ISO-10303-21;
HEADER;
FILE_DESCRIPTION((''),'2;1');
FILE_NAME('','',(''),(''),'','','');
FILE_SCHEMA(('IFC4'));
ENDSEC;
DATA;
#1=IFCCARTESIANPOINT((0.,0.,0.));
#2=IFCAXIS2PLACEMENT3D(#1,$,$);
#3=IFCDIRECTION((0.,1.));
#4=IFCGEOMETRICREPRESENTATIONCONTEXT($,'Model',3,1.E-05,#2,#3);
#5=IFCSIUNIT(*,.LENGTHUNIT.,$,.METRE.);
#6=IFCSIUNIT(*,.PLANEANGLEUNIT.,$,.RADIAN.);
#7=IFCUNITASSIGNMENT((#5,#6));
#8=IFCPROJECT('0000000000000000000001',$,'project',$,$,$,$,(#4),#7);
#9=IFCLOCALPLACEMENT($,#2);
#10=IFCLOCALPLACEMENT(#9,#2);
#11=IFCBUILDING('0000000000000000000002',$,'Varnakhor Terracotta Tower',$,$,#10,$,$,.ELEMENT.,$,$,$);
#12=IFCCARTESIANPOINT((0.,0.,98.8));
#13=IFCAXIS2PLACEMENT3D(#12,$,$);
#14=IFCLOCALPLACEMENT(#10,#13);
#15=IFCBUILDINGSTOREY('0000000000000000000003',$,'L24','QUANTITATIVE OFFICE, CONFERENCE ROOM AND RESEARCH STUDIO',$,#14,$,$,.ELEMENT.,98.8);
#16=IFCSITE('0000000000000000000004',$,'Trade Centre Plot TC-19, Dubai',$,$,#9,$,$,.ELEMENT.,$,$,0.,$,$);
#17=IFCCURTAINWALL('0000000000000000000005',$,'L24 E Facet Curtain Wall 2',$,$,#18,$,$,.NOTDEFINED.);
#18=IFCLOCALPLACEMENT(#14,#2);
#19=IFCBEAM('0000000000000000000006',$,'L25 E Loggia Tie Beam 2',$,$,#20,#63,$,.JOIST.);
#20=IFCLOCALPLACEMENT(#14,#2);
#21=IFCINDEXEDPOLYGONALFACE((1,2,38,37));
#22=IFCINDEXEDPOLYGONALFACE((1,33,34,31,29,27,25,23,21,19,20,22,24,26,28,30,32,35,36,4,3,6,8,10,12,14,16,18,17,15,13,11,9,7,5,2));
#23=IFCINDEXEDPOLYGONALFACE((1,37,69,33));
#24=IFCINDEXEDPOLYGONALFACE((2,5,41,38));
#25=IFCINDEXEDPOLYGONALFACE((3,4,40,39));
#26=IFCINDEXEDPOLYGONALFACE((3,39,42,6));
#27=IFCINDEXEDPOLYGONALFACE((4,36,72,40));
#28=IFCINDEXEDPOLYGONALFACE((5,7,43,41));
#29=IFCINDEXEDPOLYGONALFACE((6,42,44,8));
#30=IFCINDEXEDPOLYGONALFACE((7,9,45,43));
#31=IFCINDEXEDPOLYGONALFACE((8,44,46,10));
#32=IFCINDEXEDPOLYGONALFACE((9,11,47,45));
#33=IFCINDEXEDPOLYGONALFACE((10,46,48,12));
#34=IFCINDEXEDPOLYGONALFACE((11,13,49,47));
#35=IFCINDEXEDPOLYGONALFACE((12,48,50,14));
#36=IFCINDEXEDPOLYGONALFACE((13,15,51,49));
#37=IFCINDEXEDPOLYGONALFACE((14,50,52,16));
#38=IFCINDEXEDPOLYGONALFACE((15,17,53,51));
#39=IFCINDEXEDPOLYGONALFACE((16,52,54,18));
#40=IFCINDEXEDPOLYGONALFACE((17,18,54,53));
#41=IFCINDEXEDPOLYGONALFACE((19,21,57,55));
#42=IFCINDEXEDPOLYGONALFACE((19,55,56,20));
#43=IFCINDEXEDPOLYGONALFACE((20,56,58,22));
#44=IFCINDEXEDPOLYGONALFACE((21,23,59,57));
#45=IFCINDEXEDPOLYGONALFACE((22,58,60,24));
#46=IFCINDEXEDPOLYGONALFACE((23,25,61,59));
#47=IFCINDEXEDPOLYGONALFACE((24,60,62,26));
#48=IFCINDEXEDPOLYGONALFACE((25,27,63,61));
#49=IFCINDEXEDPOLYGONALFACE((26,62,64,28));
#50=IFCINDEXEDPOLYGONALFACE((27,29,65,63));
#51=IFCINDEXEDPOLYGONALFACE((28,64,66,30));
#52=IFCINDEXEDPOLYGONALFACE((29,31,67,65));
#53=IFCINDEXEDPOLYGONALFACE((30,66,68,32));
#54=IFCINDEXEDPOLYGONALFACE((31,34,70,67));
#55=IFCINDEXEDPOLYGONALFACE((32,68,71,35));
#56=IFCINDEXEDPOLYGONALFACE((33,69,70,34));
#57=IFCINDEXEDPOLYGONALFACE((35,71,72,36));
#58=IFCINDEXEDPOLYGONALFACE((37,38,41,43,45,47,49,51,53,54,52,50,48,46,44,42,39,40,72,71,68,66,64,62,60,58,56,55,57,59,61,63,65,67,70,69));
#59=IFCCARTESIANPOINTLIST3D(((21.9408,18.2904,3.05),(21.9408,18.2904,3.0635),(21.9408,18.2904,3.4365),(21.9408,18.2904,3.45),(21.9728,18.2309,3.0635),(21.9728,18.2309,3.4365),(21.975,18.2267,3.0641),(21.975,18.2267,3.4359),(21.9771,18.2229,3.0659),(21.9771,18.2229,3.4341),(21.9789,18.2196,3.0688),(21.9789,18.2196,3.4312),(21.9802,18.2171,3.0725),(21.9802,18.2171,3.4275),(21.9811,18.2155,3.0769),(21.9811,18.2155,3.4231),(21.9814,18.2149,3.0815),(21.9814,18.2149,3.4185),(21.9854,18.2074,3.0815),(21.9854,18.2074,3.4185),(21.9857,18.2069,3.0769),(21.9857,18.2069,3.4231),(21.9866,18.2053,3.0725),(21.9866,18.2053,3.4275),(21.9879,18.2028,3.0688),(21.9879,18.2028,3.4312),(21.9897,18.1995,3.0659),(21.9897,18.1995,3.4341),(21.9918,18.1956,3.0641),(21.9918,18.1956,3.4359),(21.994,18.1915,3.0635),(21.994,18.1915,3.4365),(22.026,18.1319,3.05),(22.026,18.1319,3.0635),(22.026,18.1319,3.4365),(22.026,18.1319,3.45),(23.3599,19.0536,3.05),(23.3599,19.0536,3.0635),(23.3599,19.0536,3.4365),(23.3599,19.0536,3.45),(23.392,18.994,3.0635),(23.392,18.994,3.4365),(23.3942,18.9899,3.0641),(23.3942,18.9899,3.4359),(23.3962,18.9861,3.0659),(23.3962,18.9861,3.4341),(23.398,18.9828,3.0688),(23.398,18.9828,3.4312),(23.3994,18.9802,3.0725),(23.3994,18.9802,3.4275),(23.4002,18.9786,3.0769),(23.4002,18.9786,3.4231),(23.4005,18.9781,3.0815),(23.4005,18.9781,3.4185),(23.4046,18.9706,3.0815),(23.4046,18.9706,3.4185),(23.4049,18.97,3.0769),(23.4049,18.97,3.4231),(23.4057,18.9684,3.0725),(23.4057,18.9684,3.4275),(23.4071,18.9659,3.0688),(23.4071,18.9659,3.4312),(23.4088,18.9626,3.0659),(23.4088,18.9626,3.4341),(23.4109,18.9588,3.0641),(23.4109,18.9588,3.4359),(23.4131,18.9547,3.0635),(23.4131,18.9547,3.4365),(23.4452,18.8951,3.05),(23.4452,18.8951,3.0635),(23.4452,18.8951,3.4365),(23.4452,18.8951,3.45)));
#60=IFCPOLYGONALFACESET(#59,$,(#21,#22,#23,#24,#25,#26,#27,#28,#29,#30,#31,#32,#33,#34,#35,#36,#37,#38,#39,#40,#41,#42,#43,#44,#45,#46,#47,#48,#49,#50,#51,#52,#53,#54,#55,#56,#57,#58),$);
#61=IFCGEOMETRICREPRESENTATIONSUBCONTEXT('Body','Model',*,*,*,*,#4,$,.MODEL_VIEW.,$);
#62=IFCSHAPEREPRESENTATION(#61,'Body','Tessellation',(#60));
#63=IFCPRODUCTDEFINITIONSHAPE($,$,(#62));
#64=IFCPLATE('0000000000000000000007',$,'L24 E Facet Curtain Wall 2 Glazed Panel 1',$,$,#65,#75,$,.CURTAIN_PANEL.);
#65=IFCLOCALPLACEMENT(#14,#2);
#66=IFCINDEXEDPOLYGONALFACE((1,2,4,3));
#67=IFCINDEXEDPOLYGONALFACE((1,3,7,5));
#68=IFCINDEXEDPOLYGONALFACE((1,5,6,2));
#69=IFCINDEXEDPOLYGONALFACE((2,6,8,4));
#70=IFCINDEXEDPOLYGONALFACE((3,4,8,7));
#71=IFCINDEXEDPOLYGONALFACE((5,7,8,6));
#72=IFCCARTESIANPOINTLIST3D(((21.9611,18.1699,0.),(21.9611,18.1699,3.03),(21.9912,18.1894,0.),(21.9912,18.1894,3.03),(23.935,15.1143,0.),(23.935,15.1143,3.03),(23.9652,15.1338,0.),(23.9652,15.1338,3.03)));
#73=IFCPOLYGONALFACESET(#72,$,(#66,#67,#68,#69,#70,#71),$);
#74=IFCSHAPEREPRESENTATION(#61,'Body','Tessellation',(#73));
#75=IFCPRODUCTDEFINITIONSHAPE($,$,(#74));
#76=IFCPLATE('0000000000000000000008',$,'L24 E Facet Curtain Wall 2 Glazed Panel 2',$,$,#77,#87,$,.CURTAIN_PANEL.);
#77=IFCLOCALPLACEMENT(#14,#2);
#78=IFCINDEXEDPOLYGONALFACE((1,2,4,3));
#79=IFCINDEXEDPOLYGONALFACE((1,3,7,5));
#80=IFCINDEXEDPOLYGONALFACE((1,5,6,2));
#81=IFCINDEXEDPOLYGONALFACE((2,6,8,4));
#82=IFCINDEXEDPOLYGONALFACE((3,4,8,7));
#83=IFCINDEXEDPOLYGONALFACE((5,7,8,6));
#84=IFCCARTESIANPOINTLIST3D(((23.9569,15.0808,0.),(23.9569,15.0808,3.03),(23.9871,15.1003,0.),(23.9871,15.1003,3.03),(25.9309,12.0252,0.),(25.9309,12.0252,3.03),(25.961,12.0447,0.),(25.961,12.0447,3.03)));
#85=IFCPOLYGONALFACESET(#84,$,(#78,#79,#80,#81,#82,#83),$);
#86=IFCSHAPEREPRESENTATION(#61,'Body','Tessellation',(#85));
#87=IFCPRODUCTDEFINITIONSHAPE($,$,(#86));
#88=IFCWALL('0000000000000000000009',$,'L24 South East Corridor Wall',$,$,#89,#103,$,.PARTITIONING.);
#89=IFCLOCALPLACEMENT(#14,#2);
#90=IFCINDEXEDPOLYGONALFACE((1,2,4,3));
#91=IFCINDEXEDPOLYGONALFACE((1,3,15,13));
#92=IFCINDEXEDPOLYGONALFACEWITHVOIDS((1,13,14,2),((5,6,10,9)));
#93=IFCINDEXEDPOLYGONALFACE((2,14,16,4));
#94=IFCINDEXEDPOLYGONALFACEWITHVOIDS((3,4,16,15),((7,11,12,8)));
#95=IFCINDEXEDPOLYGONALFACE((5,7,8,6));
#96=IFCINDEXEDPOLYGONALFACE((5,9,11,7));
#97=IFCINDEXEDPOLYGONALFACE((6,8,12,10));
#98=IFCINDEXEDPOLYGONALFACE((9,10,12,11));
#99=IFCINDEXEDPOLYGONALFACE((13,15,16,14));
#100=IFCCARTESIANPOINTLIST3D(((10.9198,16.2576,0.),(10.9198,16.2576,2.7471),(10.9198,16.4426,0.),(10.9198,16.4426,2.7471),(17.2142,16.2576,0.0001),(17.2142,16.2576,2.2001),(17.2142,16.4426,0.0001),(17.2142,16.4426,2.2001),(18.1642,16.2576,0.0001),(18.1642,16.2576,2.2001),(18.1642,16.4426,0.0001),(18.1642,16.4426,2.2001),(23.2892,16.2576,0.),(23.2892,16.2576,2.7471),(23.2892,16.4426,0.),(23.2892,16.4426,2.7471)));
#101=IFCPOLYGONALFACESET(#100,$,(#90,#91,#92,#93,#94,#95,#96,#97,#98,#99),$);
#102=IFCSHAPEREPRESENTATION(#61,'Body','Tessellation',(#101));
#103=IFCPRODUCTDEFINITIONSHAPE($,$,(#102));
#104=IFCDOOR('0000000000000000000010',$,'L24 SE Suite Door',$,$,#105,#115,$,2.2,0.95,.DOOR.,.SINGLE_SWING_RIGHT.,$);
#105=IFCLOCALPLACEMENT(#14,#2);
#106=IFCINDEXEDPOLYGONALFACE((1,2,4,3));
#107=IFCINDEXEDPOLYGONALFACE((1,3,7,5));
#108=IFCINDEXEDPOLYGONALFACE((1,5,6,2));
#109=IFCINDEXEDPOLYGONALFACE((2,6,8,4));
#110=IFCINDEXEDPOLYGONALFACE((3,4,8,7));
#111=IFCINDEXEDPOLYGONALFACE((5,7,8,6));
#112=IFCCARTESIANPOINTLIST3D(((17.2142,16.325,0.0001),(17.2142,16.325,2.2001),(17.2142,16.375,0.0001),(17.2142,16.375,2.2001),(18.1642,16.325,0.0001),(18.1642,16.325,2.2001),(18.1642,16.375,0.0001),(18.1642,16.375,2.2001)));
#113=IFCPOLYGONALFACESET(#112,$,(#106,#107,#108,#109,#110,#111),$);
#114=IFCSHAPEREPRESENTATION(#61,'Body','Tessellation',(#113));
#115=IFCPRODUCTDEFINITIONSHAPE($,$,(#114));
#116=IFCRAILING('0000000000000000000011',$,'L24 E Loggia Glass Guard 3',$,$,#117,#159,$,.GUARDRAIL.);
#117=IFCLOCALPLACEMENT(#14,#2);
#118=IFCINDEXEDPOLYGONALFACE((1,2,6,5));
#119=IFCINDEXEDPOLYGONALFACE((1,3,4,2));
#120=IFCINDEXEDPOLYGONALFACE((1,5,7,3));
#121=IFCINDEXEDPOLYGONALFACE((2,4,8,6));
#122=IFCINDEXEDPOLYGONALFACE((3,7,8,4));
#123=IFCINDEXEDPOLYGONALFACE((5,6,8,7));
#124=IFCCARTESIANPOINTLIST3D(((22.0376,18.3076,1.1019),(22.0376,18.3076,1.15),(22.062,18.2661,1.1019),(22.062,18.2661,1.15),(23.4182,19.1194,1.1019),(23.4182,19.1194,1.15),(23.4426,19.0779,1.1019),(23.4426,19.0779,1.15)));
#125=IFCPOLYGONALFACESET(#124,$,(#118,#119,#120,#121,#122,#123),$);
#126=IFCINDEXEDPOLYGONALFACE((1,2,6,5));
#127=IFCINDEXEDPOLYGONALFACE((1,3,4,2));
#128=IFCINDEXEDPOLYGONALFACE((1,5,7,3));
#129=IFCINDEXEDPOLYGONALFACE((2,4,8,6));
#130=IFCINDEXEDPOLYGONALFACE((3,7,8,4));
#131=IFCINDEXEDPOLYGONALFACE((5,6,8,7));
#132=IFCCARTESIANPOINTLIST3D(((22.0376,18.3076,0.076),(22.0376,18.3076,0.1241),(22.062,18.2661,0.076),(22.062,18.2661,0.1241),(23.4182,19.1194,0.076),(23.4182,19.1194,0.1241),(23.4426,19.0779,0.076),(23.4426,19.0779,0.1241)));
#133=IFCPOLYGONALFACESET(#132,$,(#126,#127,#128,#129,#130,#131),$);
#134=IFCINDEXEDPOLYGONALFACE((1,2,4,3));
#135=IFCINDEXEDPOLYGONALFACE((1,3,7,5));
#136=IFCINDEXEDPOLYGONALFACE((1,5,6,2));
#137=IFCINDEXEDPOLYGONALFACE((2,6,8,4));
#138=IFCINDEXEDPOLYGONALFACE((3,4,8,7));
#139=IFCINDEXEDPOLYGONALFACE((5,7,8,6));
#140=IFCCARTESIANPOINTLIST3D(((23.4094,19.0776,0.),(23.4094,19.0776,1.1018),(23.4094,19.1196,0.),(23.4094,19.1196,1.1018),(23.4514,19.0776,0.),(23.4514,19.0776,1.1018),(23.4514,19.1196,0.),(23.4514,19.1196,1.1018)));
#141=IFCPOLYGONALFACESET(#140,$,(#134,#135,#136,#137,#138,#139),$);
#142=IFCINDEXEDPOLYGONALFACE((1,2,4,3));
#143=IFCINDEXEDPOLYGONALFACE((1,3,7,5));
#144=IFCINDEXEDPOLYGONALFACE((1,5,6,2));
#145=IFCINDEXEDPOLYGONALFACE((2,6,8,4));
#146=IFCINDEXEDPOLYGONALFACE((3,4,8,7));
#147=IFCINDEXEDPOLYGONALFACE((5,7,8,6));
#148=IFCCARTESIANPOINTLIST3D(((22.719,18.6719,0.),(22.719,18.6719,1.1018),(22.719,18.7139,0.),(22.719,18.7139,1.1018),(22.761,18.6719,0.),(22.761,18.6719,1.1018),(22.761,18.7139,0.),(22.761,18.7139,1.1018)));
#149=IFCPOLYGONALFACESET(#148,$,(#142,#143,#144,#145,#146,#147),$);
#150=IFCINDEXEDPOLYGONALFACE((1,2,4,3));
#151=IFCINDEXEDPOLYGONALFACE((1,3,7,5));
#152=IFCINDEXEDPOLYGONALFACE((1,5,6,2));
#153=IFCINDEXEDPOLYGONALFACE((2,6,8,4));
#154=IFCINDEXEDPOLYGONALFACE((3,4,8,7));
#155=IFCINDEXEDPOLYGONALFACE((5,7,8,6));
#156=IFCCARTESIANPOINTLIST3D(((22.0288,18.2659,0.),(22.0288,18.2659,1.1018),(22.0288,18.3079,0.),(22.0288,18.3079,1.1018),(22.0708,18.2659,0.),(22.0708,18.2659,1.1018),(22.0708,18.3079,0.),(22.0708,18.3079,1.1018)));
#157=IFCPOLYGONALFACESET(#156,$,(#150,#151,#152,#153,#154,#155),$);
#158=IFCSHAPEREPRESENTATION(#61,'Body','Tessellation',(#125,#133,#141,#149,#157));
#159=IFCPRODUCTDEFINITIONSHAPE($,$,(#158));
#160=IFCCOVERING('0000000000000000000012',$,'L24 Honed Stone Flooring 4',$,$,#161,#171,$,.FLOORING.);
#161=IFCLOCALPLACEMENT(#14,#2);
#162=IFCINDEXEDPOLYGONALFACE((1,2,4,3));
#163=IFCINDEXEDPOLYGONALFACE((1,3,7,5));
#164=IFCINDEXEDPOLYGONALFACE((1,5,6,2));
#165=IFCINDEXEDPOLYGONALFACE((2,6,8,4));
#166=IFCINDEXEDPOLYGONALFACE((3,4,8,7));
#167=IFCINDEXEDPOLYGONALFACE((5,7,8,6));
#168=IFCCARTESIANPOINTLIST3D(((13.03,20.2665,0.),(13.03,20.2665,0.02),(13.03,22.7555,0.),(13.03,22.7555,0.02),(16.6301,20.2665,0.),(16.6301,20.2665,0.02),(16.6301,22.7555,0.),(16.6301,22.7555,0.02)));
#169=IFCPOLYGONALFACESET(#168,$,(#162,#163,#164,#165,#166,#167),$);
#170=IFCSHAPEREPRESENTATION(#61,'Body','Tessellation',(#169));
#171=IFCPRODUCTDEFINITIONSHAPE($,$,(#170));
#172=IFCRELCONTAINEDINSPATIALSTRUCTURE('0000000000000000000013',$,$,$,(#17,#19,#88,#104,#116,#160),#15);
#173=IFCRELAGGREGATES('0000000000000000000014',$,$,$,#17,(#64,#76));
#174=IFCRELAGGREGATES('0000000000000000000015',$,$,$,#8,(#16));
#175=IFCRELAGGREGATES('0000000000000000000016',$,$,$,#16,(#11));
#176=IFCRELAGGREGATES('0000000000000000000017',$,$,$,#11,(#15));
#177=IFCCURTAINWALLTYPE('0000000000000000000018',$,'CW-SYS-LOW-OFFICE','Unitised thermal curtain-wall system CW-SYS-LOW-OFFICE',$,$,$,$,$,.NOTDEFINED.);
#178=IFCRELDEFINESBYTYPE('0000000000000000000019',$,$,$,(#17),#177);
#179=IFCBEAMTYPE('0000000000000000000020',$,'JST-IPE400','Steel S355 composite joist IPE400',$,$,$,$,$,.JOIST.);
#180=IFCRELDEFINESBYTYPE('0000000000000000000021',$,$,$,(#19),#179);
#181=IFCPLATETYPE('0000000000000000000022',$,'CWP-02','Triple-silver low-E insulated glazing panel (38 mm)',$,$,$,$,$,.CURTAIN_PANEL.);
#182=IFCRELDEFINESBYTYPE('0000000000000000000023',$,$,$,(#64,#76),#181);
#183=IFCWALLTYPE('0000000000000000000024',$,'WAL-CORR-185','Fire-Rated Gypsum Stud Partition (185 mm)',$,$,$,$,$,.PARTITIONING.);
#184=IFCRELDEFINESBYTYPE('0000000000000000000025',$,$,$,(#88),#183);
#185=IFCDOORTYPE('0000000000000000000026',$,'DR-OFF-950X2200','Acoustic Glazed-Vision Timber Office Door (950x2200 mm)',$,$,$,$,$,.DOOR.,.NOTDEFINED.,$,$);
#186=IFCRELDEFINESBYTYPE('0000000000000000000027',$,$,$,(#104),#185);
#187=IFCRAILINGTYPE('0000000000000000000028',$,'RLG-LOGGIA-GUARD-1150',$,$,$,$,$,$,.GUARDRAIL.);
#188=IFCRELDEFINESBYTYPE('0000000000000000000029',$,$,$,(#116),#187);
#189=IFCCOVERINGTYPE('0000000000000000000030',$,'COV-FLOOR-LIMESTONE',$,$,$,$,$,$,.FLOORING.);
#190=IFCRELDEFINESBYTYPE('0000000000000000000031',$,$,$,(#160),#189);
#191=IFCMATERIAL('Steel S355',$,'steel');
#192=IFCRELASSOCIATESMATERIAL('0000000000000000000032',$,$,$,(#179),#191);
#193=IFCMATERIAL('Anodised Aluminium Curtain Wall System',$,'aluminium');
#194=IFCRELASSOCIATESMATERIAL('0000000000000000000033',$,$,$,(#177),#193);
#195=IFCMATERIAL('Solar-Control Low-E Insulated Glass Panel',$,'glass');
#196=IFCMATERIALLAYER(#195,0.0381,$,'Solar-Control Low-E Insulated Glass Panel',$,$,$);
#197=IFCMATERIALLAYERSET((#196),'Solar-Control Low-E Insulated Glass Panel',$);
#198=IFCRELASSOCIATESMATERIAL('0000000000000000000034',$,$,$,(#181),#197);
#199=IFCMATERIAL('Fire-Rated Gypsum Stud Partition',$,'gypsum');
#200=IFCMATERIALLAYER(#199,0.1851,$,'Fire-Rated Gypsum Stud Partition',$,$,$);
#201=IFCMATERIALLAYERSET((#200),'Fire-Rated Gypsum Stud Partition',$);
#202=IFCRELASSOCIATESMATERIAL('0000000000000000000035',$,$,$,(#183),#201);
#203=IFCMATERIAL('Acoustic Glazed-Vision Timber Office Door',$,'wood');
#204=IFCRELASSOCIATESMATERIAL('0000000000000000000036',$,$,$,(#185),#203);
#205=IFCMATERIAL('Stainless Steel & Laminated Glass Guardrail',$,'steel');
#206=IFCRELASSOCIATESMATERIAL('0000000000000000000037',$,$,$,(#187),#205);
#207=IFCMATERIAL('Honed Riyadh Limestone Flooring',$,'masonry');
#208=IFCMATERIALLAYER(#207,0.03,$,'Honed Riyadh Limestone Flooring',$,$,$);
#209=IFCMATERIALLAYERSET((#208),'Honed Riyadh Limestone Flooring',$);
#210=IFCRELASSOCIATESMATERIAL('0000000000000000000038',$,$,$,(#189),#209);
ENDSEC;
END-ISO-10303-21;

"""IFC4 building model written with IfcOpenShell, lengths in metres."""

from ifc_helpers import new_model, si_unit, direction, frame, frame_2d, origin, origin_2d, place, context, subcontext, project, spatial, rectangle, i_section, extrude, source, transform, mapped, material, layer, layer_set, material_profile, profile_set, type_object, type_shapes, element, fill, aggregate, save


model = new_model("IFC4")

# Units and contexts
model_context = context("Model", 3, precision=1e-05, world=origin(), true_north=direction((0.0, 1.0)))
body_context = subcontext(model_context, "Body", "Model", "MODEL_VIEW")
ifc_project = project(units=[si_unit("LENGTHUNIT", "METRE"), si_unit("PLANEANGLEUNIT", "RADIAN")], contexts=[model_context])

# Site, building, storey
site_placement = place(None, origin())
site = spatial("IfcSite", under=ifc_project, at=site_placement, Name="Trade Centre Plot TC-19, Dubai", CompositionType="ELEMENT", RefElevation=0.0)
building_placement = place(site_placement, origin())
building = spatial("IfcBuilding", under=site, at=building_placement, Name="Varnakhor Terracotta Tower", CompositionType="ELEMENT")
storey_placement = place(building_placement, frame((0.0, 0.0, 98.8)))
storey = spatial("IfcBuildingStorey", under=building, at=storey_placement, Name="L24", Description="QUANTITATIVE OFFICE, CONFERENCE ROOM AND RESEARCH STUDIO", CompositionType="ELEMENT", Elevation=98.8)

# Shared definitions
ifc_material_1 = material(Name="Steel S355", Category="steel")
ifc_material_profile_1 = material_profile(ifc_material_1, i_section(OverallWidth=0.1799, OverallDepth=0.3999, WebThickness=0.0085, FlangeThickness=0.0134, FilletRadius=0.0181, at=origin_2d()), Name="IPE400")
ifc_profile_set_1 = profile_set([ifc_material_profile_1], Name="Steel S355")
beam_type_1 = type_object("IfcBeamType", Name="JST-IPE400", Description="Steel S355 composite joist IPE400", PredefinedType="JOIST", material=ifc_profile_set_1)

# Curtain wall
ifc_material_2 = material(Name="Anodised Aluminium Curtain Wall System", Category="aluminium")
curtain_wall_type = type_object("IfcCurtainWallType", Name="CW-SYS-LOW-OFFICE", Description="Unitised thermal curtain-wall system CW-SYS-LOW-OFFICE", PredefinedType="NOTDEFINED", material=ifc_material_2)
curtain_wall_placement = place(storey_placement, origin())
curtain_wall = element("IfcCurtainWall", 1, at=curtain_wall_placement, inside=storey, type_object=curtain_wall_type, Name="L24 E Facet Curtain Wall 2", PredefinedType="NOTDEFINED")

# Beam
shared_shape_1 = source(origin(), body_context, "Body", "SweptSolid", [
    extrude(i_section(OverallWidth=0.1799, OverallDepth=0.3999, WebThickness=0.0085, FlangeThickness=0.0134, FilletRadius=0.0181, at=origin_2d()), origin(), (0.0, 0.0, 1.0), 1.6113),
])
beam_1_placement = place(storey_placement, frame((21.9834, 18.2112, 3.25), z_axis=(0.880729, 0.473621, 0.0), x_axis=(-0.473621, 0.880729, 0.0)))
element("IfcBeam", 2, at=beam_1_placement, inside=storey, type_object=beam_type_1, Name="L25 E Loggia Tie Beam 2", PredefinedType="JOIST", context=body_context, shape_type="MappedRepresentation", body=[
    mapped(shared_shape_1, transform((0.0, 0.0, 0.0), scale=1.0)),
])

# Plates
ifc_material_3 = material(Name="Solar-Control Low-E Insulated Glass Panel", Category="glass")
ifc_layer_1 = layer(ifc_material_3, 0.0381, Name="Solar-Control Low-E Insulated Glass Panel")
ifc_layer_set_1 = layer_set([ifc_layer_1], Name="Solar-Control Low-E Insulated Glass Panel")
plate_type = type_object("IfcPlateType", Name="CWP-02", Description="Triple-silver low-E insulated glazing panel (38 mm)", PredefinedType="CURTAIN_PANEL", material=ifc_layer_set_1)
shared_shape_2 = source(origin(), body_context, "Body", "SweptSolid", [
    extrude(rectangle(XDim=3.6377, YDim=0.0359, at=origin_2d()), origin(), (0.0, 0.0, 1.0), 3.03),
])
plate_1_placement = place(storey_placement, frame((22.9631, 16.6519, 0.0), z_axis=(0.0, 0.0, 1.0), x_axis=(0.542632, -0.83997, 0.0)))
plate_1 = element("IfcPlate", 3, at=plate_1_placement, type_object=plate_type, Name="L24 E Facet Curtain Wall 2 Glazed Panel 1", PredefinedType="CURTAIN_PANEL", context=body_context, shape_type="MappedRepresentation", body=[
    mapped(shared_shape_2, transform((0.0, 0.0, 0.0), scale=1.0)),
])
plate_2_placement = place(storey_placement, frame((24.959, 13.5627, 0.0), z_axis=(0.0, 0.0, 1.0), x_axis=(0.542632, -0.83997, 0.0)))
plate_2 = element("IfcPlate", 4, at=plate_2_placement, type_object=plate_type, Name="L24 E Facet Curtain Wall 2 Glazed Panel 2", PredefinedType="CURTAIN_PANEL", context=body_context, shape_type="MappedRepresentation", body=[
    mapped(shared_shape_2, transform((0.0, 0.0, 0.0), scale=1.0)),
])
aggregate(curtain_wall, [plate_1, plate_2])

# Wall, opening, door
ifc_material_4 = material(Name="Fire-Rated Gypsum Stud Partition", Category="gypsum")
ifc_layer_2 = layer(ifc_material_4, 0.1851, Name="Fire-Rated Gypsum Stud Partition")
ifc_layer_set_2 = layer_set([ifc_layer_2], Name="Fire-Rated Gypsum Stud Partition")
wall_type = type_object("IfcWallType", Name="WAL-CORR-185", Description="Fire-Rated Gypsum Stud Partition (185 mm)", PredefinedType="PARTITIONING", material=ifc_layer_set_2)
wall_placement = place(storey_placement, frame((10.9199, 16.3501, 0.0), z_axis=(0.0, 0.0, 1.0), x_axis=(1.0, 0.0, 0.0)))
wall = element("IfcWall", 5, at=wall_placement, inside=storey, type_object=wall_type, Name="L24 South East Corridor Wall", PredefinedType="PARTITIONING", context=body_context, shape_type="SweptSolid", body=[
    extrude(rectangle(XDim=12.3694, YDim=0.1851, at=frame_2d((6.1846, 0.0))), origin(), (0.0, 0.0, 1.0), 2.7471),
])
opening_placement = place(wall_placement, frame((6.2942, 0.0, 0.0)))
opening = element("IfcOpeningElement", 6, at=opening_placement, cuts=wall, PredefinedType="OPENING", context=body_context, shape_type="SweptSolid", body=[
    extrude(rectangle(XDim=0.95, YDim=2.2, at=frame_2d((0.4751, 1.1001))), frame((0.0, 0.1025, 0.0), z_axis=(0.0, -1.0, 0.0), x_axis=(1.0, 0.0, 0.0)), (0.0, 0.0, 1.0), 0.2051),
])
ifc_material_5 = material(Name="Acoustic Glazed-Vision Timber Office Door", Category="wood")
door_type = type_object("IfcDoorType", Name="DR-OFF-950X2200", Description="Acoustic Glazed-Vision Timber Office Door (950x2200 mm)", OperationType="NOTDEFINED", PredefinedType="DOOR", material=ifc_material_5)
shared_shape_3 = source(origin(), body_context, "Body", "SweptSolid", [
    extrude(rectangle(XDim=0.95, YDim=2.2, at=frame_2d((0.4751, 1.1001))), frame((0.0, 0.0249, 0.0), z_axis=(0.0, -1.0, 0.0), x_axis=(1.0, 0.0, 0.0)), (0.0, 0.0, 1.0), 0.05),
])
type_shapes(door_type, [shared_shape_3])
door_placement = place(opening_placement, origin())
door = element("IfcDoor", 7, at=door_placement, inside=storey, type_object=door_type, Name="L24 SE Suite Door", OperationType="SINGLE_SWING_RIGHT", OverallHeight=2.2, OverallWidth=0.95, PredefinedType="DOOR", context=body_context, shape_type="MappedRepresentation", body=[
    mapped(shared_shape_3, transform((0.0, 0.0, 0.0), scale=1.0)),
])
fill(opening, door)

# Railing
ifc_material_6 = material(Name="Stainless Steel & Laminated Glass Guardrail", Category="steel")
railing_type = type_object("IfcRailingType", Name="RLG-LOGGIA-GUARD-1150", PredefinedType="GUARDRAIL", material=ifc_material_6)
railing_placement = place(storey_placement, frame((23.4304, 19.0986, 0.0)))
element("IfcRailing", 8, at=railing_placement, inside=storey, type_object=railing_type, Name="L24 E Loggia Glass Guard 3", PredefinedType="GUARDRAIL", context=body_context, shape_type="SweptSolid", body=[
    extrude(rectangle(XDim=0.0481, YDim=0.0481, at=origin_2d()), frame((0.0, 0.0, 1.126), z_axis=(-0.862032, -0.506854, 0.0), x_axis=(0.506854, -0.862032, 0.0)), (0.0, 0.0, 1.0), 1.6016),
    extrude(rectangle(XDim=0.0481, YDim=0.0481, at=origin_2d()), frame((0.0, 0.0, 0.1001), z_axis=(-0.862032, -0.506854, 0.0), x_axis=(0.506854, -0.862032, 0.0)), (0.0, 0.0, 1.0), 1.6016),
    extrude(rectangle(XDim=0.042, YDim=0.042, at=origin_2d()), origin(), (0.0, 0.0, 1.0), 1.1018),
    extrude(rectangle(XDim=0.042, YDim=0.042, at=origin_2d()), frame((-0.6904, -0.4058, 0.0)), (0.0, 0.0, 1.0), 1.1018),
    extrude(rectangle(XDim=0.042, YDim=0.042, at=origin_2d()), frame((-1.3806, -0.8118, 0.0)), (0.0, 0.0, 1.0), 1.1018),
])

# Covering
ifc_material_7 = material(Name="Honed Riyadh Limestone Flooring", Category="masonry")
ifc_layer_3 = layer(ifc_material_7, 0.03, Name="Honed Riyadh Limestone Flooring")
ifc_layer_set_3 = layer_set([ifc_layer_3], Name="Honed Riyadh Limestone Flooring")
covering_type = type_object("IfcCoveringType", Name="COV-FLOOR-LIMESTONE", PredefinedType="FLOORING", material=ifc_layer_set_3)
shared_shape_4 = source(origin(), body_context, "Body", "SweptSolid", [
    extrude(rectangle(XDim=3.6001, YDim=2.489, at=origin_2d()), origin(), (0.0, 0.0, 1.0), 0.02),
])
covering_placement = place(storey_placement, frame((14.8301, 21.511, 0.0), z_axis=(0.0, 0.0, 1.0), x_axis=(1.0, 0.0, 0.0)))
element("IfcCovering", 9, at=covering_placement, inside=storey, type_object=covering_type, Name="L24 Honed Stone Flooring 4", PredefinedType="FLOORING", context=body_context, shape_type="MappedRepresentation", body=[
    mapped(shared_shape_4, transform((0.0, 0.0, 0.0), scale=1.0)),
])

save(model, "model.ifc")
